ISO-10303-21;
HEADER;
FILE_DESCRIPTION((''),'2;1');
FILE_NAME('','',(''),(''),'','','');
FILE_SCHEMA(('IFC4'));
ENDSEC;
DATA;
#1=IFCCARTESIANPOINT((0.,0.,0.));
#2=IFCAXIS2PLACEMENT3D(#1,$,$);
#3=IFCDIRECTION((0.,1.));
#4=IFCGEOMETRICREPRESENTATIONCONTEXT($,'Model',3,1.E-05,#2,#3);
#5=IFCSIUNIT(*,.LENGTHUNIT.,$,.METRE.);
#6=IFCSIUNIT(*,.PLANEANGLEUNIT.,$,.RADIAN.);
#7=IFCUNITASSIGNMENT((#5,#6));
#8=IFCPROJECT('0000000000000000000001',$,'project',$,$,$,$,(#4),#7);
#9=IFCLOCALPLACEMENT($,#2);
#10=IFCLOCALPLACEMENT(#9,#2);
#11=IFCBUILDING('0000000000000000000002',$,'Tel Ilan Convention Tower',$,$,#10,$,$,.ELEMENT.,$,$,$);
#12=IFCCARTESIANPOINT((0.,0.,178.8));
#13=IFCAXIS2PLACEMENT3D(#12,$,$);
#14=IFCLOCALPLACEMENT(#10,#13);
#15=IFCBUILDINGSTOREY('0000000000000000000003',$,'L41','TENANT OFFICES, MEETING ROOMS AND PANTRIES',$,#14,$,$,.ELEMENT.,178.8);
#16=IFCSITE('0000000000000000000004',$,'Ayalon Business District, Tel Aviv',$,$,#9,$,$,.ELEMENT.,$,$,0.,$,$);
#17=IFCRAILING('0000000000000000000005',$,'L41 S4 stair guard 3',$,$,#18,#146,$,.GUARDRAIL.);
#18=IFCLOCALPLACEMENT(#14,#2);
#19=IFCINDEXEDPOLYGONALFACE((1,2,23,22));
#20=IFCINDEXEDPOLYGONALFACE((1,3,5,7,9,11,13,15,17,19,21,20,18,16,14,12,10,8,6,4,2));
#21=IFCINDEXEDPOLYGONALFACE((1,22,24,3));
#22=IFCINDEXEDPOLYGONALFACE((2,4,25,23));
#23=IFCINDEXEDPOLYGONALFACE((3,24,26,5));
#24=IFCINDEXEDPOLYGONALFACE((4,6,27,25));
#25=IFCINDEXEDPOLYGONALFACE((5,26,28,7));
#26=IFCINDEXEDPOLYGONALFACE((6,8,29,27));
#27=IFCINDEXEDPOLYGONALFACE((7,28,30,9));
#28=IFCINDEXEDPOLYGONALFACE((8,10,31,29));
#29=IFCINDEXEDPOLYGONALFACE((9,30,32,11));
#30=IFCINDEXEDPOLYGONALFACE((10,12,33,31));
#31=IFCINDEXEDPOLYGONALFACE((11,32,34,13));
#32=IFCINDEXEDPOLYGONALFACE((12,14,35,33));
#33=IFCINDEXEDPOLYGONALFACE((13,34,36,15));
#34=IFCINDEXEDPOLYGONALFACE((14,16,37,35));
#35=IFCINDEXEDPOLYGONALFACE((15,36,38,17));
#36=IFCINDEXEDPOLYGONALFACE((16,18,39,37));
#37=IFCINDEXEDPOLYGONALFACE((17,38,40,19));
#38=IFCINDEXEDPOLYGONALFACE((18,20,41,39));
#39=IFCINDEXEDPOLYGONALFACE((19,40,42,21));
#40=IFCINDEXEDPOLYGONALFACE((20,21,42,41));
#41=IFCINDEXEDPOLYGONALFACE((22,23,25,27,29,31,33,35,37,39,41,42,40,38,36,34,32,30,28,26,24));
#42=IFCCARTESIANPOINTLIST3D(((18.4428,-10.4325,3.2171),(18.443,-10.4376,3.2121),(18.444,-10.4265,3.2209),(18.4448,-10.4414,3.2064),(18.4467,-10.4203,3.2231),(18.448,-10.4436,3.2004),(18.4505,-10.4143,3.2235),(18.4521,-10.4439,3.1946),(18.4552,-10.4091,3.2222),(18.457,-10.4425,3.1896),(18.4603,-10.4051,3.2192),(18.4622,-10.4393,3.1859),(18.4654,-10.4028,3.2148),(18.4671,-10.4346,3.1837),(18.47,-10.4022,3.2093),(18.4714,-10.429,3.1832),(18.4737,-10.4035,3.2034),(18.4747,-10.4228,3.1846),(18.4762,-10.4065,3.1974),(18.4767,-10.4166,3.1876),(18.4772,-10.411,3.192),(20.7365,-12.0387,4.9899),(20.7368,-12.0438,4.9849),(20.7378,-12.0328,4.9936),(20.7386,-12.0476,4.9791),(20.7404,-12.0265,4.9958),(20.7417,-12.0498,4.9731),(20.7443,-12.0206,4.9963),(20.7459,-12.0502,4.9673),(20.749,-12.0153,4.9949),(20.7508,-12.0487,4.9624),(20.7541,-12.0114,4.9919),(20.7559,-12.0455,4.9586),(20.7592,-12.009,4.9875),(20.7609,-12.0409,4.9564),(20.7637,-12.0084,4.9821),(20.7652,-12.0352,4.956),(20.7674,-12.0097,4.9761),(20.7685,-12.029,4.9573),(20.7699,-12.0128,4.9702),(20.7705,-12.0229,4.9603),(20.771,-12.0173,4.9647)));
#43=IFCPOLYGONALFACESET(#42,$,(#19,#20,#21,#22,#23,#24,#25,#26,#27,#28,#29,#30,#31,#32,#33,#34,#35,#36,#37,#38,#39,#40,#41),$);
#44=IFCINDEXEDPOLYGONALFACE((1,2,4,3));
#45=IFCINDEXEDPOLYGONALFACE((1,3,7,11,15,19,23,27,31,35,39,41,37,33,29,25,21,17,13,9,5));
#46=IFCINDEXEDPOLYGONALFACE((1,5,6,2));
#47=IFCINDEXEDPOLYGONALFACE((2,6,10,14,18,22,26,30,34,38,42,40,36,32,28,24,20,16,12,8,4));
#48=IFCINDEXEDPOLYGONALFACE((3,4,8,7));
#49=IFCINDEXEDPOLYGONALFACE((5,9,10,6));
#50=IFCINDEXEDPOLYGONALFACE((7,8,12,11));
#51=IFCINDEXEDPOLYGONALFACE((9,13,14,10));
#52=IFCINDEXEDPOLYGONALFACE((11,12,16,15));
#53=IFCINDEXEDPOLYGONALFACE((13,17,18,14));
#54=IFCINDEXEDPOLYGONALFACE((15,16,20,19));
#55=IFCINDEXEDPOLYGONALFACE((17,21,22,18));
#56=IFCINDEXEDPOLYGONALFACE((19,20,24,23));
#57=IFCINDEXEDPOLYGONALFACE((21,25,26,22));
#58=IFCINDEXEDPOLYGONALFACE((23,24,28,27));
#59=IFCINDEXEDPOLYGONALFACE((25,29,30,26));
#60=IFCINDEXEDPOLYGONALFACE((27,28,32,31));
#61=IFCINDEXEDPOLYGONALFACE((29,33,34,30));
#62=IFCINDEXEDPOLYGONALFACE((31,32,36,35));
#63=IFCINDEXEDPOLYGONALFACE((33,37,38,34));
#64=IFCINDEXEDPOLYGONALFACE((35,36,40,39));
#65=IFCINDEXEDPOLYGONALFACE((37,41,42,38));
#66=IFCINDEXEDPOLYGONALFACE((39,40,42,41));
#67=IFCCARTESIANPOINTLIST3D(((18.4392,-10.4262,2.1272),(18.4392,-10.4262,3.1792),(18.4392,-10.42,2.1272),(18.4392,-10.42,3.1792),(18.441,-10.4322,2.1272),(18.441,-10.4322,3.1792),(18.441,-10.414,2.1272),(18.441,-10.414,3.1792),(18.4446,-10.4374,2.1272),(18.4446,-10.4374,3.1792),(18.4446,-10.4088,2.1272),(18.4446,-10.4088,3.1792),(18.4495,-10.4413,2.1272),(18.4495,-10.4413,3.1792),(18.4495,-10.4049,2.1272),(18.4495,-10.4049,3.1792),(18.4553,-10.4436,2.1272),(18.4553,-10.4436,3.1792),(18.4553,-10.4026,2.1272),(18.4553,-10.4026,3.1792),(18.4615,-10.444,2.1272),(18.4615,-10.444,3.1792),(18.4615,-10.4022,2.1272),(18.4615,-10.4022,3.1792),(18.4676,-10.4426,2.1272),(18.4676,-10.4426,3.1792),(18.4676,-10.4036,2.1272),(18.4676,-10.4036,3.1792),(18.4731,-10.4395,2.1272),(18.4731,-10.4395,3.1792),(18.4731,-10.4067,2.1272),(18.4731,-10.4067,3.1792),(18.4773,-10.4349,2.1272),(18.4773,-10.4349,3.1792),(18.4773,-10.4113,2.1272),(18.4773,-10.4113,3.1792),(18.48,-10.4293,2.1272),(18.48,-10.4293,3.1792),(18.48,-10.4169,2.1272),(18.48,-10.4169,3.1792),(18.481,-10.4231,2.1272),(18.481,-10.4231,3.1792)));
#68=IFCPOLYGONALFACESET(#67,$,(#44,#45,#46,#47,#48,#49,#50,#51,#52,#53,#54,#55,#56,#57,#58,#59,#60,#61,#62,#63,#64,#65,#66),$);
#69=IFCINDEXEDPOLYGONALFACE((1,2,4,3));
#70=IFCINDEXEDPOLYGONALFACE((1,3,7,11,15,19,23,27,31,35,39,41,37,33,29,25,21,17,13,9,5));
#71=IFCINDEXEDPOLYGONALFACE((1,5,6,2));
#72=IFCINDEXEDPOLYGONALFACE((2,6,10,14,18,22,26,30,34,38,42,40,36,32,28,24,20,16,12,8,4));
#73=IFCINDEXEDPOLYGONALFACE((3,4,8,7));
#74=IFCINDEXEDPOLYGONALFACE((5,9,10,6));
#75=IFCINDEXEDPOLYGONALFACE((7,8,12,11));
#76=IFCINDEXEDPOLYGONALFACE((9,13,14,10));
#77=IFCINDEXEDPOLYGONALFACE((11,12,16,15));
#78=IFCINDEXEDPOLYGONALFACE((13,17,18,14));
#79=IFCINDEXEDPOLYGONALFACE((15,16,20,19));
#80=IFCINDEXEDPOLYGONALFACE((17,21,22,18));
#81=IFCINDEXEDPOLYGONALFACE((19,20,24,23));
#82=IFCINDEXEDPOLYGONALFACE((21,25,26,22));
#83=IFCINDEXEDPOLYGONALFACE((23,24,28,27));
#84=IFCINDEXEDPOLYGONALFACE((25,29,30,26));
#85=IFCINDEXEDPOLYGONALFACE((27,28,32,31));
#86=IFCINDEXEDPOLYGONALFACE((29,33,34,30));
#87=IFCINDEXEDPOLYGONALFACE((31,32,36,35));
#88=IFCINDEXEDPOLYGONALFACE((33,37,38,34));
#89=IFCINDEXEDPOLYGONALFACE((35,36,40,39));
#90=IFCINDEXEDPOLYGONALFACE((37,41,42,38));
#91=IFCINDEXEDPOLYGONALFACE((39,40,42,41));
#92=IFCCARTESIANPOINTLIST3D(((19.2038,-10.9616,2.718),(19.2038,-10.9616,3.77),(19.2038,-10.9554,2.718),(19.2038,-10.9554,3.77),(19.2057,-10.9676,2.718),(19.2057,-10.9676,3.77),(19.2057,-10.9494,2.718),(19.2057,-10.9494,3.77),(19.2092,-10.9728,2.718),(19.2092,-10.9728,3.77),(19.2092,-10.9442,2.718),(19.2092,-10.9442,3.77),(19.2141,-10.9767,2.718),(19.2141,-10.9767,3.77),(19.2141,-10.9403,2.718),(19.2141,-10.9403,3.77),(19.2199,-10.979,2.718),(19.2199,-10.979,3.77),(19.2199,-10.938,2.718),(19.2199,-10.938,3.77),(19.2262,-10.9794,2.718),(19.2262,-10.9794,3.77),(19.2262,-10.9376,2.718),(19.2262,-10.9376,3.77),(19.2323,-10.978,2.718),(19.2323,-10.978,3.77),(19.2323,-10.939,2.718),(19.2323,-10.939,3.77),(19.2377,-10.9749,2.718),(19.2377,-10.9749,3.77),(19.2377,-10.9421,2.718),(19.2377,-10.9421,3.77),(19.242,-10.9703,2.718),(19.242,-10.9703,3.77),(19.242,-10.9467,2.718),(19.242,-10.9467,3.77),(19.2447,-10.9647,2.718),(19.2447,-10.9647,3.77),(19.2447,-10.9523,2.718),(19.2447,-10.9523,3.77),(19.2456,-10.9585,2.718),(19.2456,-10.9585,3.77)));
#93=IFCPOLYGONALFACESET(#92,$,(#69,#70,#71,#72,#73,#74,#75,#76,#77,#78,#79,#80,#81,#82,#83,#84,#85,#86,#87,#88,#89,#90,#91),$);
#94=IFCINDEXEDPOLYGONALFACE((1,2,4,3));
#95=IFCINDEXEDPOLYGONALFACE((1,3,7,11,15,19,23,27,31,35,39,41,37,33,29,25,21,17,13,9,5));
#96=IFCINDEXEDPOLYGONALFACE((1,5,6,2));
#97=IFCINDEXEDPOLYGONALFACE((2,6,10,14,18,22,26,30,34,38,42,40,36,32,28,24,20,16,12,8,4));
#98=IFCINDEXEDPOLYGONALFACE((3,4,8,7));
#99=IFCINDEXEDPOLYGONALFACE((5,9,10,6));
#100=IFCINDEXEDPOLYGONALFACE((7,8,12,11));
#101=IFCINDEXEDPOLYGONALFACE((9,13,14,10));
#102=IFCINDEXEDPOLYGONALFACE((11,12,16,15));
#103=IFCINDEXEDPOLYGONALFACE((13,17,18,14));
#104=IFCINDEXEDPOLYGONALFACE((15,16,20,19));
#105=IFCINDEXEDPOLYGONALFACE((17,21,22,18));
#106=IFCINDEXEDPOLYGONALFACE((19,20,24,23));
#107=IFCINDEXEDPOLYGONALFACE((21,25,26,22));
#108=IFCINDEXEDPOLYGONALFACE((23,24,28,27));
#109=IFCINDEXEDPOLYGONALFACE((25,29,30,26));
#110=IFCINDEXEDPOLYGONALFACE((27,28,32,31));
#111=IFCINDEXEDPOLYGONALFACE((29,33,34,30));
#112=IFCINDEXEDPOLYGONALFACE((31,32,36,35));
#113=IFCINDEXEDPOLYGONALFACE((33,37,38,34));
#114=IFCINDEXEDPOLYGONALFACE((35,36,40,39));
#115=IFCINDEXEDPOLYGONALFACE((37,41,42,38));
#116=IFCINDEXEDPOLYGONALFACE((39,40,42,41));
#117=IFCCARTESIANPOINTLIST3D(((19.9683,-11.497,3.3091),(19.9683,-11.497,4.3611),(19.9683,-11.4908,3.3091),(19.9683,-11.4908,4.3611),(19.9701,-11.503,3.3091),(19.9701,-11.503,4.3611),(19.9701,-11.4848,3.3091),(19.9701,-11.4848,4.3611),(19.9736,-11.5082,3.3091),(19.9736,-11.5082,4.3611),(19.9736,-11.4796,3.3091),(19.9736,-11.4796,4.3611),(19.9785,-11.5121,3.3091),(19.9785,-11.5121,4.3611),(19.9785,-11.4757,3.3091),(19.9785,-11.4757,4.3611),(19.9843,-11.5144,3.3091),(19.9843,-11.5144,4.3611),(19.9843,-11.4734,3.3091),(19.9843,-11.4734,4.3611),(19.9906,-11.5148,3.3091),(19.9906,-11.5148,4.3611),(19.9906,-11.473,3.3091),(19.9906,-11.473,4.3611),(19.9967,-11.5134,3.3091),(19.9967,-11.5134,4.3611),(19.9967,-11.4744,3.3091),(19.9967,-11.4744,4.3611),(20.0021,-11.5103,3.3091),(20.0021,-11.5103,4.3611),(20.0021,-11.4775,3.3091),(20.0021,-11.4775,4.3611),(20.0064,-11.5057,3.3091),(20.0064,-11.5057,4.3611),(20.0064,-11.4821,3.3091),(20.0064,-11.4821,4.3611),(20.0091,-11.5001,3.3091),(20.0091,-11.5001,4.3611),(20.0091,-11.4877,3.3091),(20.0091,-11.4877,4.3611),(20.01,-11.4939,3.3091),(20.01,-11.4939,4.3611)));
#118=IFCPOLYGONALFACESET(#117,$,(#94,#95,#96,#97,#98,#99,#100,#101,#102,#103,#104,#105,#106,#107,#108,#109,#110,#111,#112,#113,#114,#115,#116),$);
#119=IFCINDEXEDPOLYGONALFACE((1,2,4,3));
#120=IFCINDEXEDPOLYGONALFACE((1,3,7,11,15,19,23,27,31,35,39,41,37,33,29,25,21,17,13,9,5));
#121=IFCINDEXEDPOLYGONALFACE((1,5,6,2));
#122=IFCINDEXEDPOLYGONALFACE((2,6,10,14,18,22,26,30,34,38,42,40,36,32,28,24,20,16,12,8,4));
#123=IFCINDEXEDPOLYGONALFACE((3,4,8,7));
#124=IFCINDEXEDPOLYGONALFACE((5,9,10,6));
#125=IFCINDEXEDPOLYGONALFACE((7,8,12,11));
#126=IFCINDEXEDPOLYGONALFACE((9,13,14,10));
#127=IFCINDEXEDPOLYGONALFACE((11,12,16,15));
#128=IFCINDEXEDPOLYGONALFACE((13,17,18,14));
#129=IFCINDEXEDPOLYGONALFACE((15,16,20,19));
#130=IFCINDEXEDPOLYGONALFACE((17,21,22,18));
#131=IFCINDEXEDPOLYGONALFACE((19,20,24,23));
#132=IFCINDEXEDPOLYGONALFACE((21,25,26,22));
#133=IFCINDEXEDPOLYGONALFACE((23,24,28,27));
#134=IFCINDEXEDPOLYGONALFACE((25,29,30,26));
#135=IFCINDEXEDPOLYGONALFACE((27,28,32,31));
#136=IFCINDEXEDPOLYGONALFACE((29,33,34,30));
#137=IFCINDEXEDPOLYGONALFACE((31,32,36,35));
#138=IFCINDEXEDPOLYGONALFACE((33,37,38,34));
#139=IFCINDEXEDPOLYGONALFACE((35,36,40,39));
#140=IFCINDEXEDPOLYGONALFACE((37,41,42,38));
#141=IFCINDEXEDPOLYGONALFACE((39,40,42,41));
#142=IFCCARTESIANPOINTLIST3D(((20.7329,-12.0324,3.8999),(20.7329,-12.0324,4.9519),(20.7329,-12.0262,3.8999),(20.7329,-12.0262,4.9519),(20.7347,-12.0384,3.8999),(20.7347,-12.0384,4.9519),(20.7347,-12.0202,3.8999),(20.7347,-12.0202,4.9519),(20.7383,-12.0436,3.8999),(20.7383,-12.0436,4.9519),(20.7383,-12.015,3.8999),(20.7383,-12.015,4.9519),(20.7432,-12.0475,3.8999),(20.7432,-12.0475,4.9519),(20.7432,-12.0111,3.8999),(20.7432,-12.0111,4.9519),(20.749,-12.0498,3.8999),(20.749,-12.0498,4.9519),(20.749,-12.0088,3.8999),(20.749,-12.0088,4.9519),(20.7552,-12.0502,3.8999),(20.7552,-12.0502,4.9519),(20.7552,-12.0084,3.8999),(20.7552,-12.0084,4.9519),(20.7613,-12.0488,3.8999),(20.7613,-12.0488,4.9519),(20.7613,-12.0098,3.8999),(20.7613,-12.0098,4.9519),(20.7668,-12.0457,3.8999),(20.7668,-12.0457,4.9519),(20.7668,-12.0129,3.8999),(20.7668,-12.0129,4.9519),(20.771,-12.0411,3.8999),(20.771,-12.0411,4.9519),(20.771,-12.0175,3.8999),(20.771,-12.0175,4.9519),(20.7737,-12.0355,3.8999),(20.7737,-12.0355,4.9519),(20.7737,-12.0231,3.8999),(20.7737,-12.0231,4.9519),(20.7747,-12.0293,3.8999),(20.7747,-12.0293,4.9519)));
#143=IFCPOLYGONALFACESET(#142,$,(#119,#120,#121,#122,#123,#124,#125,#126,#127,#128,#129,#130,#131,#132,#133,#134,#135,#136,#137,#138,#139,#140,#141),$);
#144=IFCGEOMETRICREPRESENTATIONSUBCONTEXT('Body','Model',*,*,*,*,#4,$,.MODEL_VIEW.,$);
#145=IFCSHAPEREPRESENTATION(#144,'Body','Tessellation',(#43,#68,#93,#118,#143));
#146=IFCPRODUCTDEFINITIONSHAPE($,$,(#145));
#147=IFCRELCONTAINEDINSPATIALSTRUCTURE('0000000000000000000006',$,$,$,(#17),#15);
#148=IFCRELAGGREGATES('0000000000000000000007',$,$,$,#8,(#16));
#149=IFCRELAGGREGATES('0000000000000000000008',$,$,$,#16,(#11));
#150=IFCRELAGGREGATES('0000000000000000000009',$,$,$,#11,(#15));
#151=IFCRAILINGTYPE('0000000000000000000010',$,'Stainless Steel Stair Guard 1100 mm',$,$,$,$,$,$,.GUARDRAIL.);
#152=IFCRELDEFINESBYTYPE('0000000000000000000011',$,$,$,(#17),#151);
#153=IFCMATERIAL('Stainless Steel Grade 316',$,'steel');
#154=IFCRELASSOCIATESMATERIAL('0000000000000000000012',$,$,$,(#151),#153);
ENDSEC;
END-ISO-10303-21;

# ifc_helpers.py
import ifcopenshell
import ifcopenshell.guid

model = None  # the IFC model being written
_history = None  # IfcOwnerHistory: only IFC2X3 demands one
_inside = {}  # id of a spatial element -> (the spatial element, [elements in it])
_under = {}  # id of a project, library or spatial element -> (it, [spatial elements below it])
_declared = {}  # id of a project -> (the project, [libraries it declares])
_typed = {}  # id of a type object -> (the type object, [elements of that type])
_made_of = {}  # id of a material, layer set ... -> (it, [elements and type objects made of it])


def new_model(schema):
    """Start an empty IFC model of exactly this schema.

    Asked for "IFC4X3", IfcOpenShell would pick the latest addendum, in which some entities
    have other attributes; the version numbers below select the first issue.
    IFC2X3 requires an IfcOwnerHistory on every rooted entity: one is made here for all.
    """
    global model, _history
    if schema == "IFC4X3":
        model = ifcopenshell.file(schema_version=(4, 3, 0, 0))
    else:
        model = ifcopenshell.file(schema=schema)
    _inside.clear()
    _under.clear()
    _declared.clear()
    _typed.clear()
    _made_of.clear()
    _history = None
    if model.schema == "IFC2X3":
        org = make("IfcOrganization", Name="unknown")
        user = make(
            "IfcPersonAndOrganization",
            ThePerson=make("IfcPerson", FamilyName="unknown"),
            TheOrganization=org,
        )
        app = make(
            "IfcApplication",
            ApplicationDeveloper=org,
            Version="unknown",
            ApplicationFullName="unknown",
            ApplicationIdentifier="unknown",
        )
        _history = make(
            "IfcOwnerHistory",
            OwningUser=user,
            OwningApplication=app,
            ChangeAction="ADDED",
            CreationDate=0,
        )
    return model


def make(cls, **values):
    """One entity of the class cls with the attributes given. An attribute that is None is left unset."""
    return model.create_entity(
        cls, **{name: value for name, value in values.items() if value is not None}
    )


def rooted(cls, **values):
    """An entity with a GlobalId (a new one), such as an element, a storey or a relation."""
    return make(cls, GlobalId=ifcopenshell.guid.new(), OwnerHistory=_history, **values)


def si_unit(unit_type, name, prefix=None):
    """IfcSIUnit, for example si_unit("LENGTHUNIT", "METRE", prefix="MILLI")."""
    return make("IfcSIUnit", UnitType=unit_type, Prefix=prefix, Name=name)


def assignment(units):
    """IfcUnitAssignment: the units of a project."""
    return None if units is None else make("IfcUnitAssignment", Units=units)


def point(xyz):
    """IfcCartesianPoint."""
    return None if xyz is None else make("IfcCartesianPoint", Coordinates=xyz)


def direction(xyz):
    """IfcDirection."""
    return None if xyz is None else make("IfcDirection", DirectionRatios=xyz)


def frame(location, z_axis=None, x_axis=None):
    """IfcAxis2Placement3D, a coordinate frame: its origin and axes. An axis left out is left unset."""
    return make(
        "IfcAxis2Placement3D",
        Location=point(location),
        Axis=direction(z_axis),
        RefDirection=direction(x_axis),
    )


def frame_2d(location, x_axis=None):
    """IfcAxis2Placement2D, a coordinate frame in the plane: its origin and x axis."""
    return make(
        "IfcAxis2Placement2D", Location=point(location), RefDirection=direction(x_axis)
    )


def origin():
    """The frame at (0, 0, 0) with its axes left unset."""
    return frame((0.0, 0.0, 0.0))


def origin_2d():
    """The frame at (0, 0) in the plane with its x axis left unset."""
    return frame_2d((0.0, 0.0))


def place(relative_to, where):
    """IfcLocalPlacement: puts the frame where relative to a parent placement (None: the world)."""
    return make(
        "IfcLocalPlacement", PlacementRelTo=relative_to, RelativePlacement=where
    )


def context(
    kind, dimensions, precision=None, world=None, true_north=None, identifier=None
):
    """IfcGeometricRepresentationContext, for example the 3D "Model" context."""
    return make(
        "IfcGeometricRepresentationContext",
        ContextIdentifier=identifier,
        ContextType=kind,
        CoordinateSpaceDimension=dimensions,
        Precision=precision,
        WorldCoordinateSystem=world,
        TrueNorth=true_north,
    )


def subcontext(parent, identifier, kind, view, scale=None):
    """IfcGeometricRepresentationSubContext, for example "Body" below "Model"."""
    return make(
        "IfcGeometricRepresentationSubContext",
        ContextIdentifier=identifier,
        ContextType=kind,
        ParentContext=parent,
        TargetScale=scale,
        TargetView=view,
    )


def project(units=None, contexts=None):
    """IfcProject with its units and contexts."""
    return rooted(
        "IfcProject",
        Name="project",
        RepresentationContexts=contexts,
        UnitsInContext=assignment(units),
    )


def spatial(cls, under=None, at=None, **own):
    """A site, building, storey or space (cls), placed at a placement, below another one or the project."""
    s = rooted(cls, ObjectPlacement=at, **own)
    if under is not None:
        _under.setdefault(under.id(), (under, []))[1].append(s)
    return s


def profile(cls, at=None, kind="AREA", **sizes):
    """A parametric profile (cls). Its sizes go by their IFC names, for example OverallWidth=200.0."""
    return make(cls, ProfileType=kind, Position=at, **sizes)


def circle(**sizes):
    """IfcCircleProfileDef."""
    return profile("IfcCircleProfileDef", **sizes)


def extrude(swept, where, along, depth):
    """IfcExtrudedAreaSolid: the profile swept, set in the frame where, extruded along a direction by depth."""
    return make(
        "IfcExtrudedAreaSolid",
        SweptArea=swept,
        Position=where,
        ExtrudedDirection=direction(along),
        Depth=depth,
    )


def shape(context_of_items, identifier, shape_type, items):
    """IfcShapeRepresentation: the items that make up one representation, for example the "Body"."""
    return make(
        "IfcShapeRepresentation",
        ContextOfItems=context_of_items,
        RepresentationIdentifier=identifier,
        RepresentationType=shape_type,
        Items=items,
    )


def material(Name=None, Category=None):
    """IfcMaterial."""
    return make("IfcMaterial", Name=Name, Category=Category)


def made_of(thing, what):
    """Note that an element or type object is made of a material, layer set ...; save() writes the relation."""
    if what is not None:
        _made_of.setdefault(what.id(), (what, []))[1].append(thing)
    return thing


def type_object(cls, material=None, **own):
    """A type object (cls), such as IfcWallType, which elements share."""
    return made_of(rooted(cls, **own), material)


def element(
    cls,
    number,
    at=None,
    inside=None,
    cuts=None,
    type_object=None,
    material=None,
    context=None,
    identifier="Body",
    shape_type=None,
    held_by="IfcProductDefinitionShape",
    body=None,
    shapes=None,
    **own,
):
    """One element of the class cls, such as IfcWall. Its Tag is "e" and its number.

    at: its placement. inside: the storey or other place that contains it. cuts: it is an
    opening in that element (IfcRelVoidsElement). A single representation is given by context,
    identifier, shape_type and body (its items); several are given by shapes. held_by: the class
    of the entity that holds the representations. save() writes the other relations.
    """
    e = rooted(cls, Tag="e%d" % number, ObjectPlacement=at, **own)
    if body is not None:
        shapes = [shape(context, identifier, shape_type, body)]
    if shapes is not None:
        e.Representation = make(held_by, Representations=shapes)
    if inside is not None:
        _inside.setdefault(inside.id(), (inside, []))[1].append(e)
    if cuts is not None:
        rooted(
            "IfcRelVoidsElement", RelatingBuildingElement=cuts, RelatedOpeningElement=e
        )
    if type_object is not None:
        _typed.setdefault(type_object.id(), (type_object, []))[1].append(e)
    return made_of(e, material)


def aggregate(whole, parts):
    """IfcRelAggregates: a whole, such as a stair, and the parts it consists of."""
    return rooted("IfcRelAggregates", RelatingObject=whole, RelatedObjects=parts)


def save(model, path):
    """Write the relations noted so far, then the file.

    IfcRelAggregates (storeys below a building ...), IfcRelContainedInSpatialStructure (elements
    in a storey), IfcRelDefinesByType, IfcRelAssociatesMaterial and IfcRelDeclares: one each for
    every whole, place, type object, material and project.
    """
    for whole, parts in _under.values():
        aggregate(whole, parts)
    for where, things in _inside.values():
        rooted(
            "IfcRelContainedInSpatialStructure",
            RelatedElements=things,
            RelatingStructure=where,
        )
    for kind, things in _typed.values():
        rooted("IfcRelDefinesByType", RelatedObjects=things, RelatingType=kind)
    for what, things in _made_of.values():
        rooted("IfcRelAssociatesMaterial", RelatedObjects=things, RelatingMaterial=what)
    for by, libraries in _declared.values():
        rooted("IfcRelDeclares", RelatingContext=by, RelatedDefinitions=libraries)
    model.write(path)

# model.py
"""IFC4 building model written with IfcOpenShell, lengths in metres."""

from ifc_helpers import new_model, si_unit, direction, frame, origin, origin_2d, place, context, subcontext, project, spatial, circle, extrude, material, type_object, element, save


model = new_model("IFC4")

# Units and contexts
model_context = context("Model", 3, precision=1e-05, world=origin(), true_north=direction((0.0, 1.0)))
body_context = subcontext(model_context, "Body", "Model", "MODEL_VIEW")
ifc_project = project(units=[si_unit("LENGTHUNIT", "METRE"), si_unit("PLANEANGLEUNIT", "RADIAN")], contexts=[model_context])

# Site, building, storey
site_placement = place(None, origin())
site = spatial("IfcSite", under=ifc_project, at=site_placement, Name="Ayalon Business District, Tel Aviv", CompositionType="ELEMENT", RefElevation=0.0)
building_placement = place(site_placement, origin())
building = spatial("IfcBuilding", under=site, at=building_placement, Name="Tel Ilan Convention Tower", CompositionType="ELEMENT")
storey_placement = place(building_placement, frame((0.0, 0.0, 178.8)))
storey = spatial("IfcBuildingStorey", under=building, at=storey_placement, Name="L41", Description="TENANT OFFICES, MEETING ROOMS AND PANTRIES", CompositionType="ELEMENT", Elevation=178.8)

# Railing
ifc_material_1 = material(Name="Stainless Steel Grade 316", Category="steel")
railing_type_1 = type_object("IfcRailingType", Name="Stainless Steel Stair Guard 1100 mm", PredefinedType="GUARDRAIL", material=ifc_material_1)
railing_1_placement = place(storey_placement, frame((18.46, -10.4231, 2.1272)))
element("IfcRailing", 1, at=railing_1_placement, inside=storey, type_object=railing_type_1, Name="L41 S4 stair guard 3", PredefinedType="GUARDRAIL", context=body_context, shape_type="SweptSolid", body=[
    extrude(circle(Radius=0.0239, at=origin_2d()), frame((0.0, 0.0, 1.0762), z_axis=(0.692098, -0.484653, 0.534894), x_axis=(0.573609, 0.81913, 0.0)), (0.0, 0.0, 1.0), 3.3142),
    extrude(circle(Radius=0.021, at=origin_2d()), origin(), (0.0, 0.0, 1.0), 1.052),
    extrude(circle(Radius=0.021, at=origin_2d()), frame((0.7646, -0.5354, 0.5908)), (0.0, 0.0, 1.0), 1.052),
    extrude(circle(Radius=0.021, at=origin_2d()), frame((1.5291, -1.0708, 1.1819)), (0.0, 0.0, 1.0), 1.052),
    extrude(circle(Radius=0.021, at=origin_2d()), frame((2.2937, -1.6062, 1.7727)), (0.0, 0.0, 1.0), 1.052),
])

save(model, "model.ifc")
